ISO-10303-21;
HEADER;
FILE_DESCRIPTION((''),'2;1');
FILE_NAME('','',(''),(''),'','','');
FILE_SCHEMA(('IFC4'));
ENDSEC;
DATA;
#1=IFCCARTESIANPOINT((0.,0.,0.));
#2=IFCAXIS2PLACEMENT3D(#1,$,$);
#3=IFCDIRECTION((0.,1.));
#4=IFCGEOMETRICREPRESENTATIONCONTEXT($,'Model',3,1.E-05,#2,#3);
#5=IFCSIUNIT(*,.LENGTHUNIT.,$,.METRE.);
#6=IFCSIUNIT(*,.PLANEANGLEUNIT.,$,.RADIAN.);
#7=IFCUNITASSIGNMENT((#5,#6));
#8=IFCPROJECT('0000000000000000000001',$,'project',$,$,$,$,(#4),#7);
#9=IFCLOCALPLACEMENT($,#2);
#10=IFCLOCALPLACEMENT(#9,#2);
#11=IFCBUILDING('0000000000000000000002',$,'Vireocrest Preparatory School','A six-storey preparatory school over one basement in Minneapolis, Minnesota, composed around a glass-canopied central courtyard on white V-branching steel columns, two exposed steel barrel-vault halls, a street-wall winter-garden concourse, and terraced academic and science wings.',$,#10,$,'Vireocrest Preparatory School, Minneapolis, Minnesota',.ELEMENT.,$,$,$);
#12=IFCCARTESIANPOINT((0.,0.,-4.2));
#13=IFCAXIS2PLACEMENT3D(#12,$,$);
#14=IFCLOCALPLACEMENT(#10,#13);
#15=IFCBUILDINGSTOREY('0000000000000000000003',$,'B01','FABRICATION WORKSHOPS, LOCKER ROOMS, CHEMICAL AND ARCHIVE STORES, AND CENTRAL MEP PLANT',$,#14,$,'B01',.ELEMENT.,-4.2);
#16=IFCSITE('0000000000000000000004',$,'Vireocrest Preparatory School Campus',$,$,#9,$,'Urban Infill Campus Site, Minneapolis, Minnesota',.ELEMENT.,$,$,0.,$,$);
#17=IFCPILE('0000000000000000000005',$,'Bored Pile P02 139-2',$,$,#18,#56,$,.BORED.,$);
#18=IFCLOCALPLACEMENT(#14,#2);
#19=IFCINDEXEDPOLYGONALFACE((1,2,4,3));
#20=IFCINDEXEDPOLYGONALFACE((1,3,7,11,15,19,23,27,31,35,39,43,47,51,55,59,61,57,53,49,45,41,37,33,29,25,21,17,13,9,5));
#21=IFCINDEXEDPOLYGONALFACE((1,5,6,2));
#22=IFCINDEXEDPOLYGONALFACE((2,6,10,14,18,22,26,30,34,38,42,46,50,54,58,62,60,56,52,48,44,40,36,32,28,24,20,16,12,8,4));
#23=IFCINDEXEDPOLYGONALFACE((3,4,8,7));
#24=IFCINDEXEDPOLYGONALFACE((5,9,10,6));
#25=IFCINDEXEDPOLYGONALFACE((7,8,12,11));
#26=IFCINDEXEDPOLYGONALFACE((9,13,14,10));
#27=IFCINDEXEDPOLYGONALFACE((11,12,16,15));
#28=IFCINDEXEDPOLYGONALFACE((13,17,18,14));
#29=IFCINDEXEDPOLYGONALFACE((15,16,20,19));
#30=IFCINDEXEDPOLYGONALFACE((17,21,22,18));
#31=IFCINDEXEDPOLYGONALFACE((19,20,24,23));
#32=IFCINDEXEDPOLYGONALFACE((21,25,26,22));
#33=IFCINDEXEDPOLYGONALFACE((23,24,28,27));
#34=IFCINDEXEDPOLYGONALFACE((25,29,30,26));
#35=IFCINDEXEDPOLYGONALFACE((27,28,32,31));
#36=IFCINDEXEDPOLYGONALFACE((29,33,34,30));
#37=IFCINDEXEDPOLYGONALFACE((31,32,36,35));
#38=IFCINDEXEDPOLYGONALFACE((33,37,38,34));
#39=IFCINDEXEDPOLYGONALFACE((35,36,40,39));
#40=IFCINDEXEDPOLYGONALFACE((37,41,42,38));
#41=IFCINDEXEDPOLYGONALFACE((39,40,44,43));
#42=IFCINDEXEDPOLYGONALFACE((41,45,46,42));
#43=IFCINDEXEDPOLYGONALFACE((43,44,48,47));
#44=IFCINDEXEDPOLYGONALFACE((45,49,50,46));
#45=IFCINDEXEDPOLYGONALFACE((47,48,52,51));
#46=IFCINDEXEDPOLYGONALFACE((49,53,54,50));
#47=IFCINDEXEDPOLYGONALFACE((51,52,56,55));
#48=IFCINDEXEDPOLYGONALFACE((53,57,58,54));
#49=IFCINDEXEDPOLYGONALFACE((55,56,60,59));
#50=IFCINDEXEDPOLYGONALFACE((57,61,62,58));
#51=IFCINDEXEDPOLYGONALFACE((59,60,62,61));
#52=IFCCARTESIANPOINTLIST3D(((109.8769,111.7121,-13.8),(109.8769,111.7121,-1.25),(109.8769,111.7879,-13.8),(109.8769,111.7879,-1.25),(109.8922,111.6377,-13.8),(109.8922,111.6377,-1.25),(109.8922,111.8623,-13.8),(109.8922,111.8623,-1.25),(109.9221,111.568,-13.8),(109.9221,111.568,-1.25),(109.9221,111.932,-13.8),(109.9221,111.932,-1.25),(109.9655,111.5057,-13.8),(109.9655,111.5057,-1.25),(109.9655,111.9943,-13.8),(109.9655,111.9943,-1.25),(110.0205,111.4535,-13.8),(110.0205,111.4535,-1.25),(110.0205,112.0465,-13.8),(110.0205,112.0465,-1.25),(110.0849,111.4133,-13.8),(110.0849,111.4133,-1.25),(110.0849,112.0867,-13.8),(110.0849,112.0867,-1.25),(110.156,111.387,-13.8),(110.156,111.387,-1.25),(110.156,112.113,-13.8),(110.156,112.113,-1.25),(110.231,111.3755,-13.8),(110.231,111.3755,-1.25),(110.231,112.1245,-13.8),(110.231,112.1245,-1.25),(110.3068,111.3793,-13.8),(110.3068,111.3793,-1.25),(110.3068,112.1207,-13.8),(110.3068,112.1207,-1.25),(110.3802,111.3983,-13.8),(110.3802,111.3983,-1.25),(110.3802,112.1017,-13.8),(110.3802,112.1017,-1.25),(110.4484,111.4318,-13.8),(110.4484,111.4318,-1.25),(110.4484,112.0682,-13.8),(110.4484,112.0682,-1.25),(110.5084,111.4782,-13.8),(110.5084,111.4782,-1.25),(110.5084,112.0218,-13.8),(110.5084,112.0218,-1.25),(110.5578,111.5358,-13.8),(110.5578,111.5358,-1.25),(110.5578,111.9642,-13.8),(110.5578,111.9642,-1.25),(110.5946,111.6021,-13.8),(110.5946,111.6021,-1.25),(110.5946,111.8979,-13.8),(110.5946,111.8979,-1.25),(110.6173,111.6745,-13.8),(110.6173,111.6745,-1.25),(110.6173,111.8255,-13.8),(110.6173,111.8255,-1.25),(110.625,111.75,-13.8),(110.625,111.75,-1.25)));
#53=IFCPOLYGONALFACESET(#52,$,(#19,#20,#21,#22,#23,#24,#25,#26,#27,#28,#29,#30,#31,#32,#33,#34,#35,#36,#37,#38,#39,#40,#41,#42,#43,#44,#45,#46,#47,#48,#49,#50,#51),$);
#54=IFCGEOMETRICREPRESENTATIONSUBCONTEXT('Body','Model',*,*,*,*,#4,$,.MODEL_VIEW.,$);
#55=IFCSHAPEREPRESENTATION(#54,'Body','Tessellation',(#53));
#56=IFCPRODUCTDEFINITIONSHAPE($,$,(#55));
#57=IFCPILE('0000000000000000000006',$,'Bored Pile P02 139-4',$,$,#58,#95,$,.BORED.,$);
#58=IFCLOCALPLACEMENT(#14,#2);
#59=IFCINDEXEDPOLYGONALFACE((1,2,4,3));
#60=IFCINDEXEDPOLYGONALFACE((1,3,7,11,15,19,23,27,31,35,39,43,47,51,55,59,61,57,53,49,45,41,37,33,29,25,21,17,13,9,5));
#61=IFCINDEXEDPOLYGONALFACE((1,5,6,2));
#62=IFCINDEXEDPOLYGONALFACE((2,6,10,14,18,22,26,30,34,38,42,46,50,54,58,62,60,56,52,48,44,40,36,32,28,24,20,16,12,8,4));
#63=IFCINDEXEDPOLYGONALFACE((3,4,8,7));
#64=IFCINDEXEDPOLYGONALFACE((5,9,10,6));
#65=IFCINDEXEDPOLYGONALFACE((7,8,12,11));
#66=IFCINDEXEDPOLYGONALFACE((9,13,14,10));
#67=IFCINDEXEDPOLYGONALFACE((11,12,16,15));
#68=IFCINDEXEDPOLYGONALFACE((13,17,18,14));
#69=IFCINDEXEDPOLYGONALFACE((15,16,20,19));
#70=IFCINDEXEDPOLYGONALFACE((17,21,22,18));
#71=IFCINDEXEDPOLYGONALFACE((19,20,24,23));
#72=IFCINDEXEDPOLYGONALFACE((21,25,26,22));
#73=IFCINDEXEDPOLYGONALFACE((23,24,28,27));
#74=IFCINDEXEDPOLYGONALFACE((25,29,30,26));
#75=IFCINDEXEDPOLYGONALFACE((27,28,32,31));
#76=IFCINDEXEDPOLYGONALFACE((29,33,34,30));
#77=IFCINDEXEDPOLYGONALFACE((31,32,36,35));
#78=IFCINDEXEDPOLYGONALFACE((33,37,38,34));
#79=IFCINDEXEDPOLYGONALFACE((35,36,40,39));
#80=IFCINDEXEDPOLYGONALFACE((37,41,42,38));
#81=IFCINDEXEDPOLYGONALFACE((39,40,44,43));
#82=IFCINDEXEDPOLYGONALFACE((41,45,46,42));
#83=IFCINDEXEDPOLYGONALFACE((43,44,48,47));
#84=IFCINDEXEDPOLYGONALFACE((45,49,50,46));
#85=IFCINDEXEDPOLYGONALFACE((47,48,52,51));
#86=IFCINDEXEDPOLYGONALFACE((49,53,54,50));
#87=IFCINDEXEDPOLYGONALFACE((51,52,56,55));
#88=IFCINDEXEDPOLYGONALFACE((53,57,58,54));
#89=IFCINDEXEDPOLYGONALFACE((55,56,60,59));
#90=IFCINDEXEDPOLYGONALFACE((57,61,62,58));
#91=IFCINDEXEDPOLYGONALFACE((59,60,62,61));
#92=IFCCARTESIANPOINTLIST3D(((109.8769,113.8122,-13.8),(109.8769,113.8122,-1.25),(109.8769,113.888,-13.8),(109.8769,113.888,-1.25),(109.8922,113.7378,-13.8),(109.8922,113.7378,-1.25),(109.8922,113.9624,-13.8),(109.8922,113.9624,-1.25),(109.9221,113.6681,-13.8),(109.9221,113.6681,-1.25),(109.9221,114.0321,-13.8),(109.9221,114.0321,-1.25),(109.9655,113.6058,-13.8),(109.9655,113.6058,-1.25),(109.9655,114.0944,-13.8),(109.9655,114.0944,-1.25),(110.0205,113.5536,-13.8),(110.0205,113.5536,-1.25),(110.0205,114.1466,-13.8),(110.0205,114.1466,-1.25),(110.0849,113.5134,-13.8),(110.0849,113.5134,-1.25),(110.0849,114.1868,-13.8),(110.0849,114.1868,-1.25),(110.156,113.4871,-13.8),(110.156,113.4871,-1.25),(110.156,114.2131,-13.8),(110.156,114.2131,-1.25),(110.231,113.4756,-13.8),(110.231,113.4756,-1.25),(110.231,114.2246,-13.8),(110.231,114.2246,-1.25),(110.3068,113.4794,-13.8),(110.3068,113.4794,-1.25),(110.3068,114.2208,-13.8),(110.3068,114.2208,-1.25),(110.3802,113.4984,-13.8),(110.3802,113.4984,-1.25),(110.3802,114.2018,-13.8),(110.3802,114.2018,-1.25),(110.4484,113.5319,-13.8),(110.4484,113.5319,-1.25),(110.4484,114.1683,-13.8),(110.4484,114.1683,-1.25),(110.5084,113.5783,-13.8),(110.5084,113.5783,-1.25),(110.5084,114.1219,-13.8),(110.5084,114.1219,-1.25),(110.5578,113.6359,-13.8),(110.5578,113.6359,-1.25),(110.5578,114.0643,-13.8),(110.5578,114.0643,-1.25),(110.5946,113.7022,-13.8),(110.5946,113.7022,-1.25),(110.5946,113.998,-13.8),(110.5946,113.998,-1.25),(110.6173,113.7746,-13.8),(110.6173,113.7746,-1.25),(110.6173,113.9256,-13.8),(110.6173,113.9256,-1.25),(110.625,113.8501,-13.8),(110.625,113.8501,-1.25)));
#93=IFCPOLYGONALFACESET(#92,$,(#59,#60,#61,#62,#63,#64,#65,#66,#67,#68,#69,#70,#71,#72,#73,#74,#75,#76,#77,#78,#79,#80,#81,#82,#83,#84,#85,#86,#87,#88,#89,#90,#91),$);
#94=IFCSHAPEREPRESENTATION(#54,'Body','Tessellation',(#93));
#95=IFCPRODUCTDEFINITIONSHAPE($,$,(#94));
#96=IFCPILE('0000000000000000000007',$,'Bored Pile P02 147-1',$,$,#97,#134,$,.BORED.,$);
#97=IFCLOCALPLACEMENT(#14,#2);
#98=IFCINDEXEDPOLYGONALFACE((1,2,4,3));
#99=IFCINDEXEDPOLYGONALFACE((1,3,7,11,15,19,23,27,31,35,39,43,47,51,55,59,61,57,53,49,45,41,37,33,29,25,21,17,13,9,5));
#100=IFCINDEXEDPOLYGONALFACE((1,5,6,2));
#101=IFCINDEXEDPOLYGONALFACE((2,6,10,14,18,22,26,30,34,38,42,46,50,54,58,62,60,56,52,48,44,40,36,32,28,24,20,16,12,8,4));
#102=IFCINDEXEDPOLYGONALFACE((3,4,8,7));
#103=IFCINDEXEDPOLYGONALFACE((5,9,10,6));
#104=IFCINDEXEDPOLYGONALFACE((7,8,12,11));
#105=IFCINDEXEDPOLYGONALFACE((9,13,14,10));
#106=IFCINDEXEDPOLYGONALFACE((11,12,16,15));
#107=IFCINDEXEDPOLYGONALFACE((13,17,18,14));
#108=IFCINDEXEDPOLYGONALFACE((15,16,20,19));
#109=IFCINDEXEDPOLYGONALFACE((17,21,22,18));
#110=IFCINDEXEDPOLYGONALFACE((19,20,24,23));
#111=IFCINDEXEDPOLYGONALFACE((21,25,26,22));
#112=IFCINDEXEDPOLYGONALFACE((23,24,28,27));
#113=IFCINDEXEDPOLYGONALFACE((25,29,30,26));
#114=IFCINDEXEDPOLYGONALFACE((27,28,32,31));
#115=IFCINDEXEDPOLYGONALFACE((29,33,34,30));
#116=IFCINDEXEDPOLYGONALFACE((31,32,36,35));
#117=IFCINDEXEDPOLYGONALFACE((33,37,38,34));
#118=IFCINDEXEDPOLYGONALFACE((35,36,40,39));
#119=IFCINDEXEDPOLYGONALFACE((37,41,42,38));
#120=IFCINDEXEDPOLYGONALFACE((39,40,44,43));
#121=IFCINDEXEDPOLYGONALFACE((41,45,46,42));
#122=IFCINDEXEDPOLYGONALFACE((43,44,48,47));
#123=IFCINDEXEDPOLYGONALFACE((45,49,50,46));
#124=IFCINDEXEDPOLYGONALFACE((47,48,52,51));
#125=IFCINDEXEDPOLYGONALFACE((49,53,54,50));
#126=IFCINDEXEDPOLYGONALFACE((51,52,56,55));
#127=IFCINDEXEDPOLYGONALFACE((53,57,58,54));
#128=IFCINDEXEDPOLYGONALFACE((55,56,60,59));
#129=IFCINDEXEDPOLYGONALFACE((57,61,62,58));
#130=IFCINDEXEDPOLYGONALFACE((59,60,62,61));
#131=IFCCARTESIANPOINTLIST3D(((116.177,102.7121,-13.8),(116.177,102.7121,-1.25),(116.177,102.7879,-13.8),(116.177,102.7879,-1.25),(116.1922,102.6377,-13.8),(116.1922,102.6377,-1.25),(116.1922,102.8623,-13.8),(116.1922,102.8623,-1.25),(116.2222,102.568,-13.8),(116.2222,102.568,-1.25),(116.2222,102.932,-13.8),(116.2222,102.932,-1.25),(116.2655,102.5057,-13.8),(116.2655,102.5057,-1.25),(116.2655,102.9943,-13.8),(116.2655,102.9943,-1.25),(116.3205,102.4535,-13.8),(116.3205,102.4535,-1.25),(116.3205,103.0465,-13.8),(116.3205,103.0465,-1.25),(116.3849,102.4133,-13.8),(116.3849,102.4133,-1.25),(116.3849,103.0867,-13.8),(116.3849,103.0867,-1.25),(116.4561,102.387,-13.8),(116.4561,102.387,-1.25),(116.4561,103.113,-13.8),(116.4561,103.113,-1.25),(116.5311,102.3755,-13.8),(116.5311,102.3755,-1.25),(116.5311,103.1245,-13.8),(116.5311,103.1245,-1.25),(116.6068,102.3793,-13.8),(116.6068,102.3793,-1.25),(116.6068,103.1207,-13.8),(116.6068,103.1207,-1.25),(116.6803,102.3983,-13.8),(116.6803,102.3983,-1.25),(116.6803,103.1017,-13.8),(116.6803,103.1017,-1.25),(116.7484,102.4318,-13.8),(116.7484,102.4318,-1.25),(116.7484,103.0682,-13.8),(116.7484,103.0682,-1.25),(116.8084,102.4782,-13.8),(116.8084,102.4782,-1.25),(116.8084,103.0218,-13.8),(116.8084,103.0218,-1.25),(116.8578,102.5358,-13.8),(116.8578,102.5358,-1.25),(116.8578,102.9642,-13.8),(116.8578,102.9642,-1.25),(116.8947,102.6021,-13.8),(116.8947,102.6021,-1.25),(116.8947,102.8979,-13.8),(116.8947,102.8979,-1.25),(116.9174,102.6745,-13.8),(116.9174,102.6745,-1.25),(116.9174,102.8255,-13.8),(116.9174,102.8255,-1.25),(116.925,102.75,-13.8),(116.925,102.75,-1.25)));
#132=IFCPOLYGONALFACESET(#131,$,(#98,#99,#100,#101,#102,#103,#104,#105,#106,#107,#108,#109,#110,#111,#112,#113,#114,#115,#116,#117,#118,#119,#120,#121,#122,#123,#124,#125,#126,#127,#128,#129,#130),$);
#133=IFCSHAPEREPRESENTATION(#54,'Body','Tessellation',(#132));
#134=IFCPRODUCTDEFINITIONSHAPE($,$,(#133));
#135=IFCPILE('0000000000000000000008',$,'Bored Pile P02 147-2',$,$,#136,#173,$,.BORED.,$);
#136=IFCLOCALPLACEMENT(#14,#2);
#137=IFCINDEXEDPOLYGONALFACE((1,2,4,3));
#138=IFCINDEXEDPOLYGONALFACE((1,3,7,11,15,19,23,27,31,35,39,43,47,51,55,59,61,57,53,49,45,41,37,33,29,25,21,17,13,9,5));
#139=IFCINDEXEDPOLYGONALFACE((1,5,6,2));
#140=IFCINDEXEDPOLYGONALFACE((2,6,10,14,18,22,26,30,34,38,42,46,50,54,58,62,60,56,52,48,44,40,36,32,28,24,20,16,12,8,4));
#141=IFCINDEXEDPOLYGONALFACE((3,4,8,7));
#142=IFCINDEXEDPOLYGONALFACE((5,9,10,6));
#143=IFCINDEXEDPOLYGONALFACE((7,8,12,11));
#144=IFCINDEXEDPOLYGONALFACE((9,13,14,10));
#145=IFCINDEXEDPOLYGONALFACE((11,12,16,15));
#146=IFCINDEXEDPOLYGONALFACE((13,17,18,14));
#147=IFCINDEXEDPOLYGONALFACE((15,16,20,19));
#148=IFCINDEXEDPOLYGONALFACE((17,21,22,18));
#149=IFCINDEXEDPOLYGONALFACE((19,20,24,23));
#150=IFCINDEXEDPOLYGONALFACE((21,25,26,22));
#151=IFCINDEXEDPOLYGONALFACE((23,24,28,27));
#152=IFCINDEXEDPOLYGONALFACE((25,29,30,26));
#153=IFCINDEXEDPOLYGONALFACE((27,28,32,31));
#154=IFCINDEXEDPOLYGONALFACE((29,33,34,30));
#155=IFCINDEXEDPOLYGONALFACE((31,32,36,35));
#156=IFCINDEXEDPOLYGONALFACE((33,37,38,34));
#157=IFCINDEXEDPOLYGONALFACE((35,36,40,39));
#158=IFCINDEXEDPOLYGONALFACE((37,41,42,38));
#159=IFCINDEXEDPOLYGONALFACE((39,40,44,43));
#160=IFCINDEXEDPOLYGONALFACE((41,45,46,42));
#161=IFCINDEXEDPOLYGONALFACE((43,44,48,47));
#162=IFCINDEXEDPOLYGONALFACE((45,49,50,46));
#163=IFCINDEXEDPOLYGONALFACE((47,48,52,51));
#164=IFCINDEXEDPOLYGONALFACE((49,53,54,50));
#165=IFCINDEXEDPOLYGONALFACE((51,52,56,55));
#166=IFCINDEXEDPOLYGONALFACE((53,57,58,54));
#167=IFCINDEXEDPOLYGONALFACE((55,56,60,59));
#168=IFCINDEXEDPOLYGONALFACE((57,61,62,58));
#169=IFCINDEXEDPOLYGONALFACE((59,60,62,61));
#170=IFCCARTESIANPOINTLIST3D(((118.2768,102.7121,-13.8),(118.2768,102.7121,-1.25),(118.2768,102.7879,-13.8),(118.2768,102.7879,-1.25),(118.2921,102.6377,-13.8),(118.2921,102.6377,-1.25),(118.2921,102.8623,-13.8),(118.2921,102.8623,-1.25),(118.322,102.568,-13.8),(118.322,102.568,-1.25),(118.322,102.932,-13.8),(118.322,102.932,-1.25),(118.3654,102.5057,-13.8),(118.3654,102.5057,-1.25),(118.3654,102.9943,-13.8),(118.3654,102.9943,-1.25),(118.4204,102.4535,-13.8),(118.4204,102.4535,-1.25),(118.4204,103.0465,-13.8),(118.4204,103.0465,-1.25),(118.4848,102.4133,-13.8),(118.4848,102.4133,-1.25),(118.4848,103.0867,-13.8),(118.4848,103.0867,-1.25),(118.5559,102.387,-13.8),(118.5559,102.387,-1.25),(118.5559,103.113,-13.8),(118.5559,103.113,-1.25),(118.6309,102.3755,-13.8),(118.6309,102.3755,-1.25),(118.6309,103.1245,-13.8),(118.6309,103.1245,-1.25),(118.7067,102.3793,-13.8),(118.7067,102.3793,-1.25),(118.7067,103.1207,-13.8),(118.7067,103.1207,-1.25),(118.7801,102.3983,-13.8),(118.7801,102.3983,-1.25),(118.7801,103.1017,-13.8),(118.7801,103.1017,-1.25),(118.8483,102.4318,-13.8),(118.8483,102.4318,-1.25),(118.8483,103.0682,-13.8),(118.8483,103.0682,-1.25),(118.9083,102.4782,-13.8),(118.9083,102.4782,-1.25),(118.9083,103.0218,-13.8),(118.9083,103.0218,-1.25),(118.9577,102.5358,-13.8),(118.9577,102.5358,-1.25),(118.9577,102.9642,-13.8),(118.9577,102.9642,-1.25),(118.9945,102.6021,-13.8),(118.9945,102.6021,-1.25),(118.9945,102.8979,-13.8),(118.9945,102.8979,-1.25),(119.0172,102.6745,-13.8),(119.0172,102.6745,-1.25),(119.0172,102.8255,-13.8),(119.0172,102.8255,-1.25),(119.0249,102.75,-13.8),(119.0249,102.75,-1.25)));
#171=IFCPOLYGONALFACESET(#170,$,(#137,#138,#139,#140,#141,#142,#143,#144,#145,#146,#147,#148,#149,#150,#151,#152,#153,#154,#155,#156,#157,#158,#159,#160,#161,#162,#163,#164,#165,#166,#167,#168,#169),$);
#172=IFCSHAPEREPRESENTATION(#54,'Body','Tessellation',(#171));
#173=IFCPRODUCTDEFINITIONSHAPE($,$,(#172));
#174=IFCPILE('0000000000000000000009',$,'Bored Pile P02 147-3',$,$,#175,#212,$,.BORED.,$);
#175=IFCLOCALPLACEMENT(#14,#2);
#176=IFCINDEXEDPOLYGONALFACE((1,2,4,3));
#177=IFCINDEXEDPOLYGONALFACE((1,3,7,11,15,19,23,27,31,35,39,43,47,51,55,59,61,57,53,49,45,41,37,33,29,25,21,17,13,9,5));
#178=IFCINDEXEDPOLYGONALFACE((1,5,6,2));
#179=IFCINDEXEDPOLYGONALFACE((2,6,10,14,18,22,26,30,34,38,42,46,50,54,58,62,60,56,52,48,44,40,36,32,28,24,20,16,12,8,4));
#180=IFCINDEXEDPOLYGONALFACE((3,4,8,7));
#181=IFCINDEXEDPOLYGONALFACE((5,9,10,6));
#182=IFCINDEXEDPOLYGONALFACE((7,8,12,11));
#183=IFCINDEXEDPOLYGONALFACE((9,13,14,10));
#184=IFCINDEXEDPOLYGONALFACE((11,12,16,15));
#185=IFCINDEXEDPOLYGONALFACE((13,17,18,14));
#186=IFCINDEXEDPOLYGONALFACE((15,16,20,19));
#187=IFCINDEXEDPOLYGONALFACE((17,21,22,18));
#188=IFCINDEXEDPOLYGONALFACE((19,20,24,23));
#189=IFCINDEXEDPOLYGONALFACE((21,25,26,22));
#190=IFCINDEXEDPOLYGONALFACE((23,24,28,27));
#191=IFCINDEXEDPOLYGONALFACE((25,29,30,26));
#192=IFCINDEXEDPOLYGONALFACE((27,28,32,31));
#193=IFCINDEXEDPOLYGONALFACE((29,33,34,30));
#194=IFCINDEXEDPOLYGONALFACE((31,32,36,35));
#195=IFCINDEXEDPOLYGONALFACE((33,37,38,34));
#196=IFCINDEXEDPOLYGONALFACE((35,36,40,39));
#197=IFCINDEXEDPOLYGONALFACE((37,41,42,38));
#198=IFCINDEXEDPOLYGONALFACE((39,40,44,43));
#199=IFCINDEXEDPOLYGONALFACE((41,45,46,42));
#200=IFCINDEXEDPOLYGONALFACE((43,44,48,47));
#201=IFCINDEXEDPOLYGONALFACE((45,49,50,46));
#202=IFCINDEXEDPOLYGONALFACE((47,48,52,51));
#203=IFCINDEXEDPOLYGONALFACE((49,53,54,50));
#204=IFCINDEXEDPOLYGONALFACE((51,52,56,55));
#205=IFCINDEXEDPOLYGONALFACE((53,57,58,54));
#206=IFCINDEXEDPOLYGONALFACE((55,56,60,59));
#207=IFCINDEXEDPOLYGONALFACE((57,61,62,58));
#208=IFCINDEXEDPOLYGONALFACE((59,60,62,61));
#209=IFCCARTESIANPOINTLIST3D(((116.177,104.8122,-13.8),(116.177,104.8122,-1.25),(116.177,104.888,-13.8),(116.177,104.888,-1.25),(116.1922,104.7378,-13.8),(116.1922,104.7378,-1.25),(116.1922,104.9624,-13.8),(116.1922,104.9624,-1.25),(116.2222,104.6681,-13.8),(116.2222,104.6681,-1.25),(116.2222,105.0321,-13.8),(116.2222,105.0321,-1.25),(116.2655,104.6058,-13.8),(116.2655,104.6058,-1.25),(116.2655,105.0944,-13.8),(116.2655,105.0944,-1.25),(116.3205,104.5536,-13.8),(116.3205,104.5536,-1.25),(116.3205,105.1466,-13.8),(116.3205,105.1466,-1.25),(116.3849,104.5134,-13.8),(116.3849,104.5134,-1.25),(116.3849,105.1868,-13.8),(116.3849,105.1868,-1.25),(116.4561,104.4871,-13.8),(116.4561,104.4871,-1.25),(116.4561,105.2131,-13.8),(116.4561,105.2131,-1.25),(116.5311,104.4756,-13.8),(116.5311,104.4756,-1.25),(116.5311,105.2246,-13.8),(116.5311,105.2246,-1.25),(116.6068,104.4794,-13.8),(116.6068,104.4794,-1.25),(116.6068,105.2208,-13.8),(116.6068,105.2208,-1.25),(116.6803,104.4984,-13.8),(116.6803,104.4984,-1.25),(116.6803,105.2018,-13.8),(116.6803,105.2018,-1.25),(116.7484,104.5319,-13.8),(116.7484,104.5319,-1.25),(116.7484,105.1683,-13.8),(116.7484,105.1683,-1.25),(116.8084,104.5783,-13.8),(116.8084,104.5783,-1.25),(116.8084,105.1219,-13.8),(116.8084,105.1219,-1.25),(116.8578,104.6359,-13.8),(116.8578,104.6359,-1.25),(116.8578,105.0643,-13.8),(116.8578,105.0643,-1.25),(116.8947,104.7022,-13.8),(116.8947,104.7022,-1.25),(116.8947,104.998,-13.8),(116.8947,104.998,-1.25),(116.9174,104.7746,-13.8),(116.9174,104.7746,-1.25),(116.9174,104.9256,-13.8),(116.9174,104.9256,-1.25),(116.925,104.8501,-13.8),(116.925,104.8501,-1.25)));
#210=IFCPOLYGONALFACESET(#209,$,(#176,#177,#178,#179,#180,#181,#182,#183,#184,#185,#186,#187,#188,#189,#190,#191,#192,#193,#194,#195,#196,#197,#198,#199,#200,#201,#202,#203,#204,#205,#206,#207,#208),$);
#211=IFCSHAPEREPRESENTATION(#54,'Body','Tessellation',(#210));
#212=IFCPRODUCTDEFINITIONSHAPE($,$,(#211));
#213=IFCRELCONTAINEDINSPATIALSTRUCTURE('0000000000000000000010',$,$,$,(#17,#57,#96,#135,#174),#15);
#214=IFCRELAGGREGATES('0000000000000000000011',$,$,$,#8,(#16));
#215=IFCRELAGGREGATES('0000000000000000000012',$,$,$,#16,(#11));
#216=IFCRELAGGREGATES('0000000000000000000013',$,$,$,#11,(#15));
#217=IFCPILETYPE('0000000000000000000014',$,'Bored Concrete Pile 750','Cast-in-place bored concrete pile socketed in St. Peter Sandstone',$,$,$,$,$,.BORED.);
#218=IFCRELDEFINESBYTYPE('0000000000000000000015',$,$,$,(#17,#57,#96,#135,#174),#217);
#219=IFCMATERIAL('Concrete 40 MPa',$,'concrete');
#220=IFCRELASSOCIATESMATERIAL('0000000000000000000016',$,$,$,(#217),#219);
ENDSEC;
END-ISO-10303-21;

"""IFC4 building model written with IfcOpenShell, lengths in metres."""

from ifc_helpers import new_model, si_unit, direction, frame, origin, origin_2d, place, context, subcontext, project, spatial, circle, extrude, material, material_profile, profile_set, type_object, element, save


model = new_model("IFC4")

# Units and contexts
model_context = context("Model", 3, precision=1e-05, world=origin(), true_north=direction((0.0, 1.0)))
body_context = subcontext(model_context, "Body", "Model", "MODEL_VIEW")
ifc_project = project(units=[si_unit("LENGTHUNIT", "METRE"), si_unit("PLANEANGLEUNIT", "RADIAN")], contexts=[model_context])

# Site, building, storey
site_placement = place(None, origin())
site = spatial("IfcSite", under=ifc_project, at=site_placement, Name="Vireocrest Preparatory School Campus", LongName="Urban Infill Campus Site, Minneapolis, Minnesota", CompositionType="ELEMENT", RefElevation=0.0)
building_placement = place(site_placement, origin())
building = spatial("IfcBuilding", under=site, at=building_placement, Name="Vireocrest Preparatory School", Description="A six-storey preparatory school over one basement in Minneapolis, Minnesota, composed around a glass-canopied central courtyard on white V-branching steel columns, two exposed steel barrel-vault halls, a street-wall winter-garden concourse, and terraced academic and science wings.", LongName="Vireocrest Preparatory School, Minneapolis, Minnesota", CompositionType="ELEMENT")
storey_placement = place(building_placement, frame((0.0, 0.0, -4.2)))
storey = spatial("IfcBuildingStorey", under=building, at=storey_placement, Name="B01", Description="FABRICATION WORKSHOPS, LOCKER ROOMS, CHEMICAL AND ARCHIVE STORES, AND CENTRAL MEP PLANT", LongName="B01", CompositionType="ELEMENT", Elevation=-4.2)

# Piles
ifc_material_1 = material(Name="Concrete 40 MPa", Category="concrete")
ifc_material_profile_1 = material_profile(ifc_material_1, circle(Radius=0.375, at=origin_2d()), Name="BORED PILE 750")
ifc_profile_set_1 = profile_set([ifc_material_profile_1], Name="Concrete 40 MPa")
pile_type_1 = type_object("IfcPileType", Name="Bored Concrete Pile 750", Description="Cast-in-place bored concrete pile socketed in St. Peter Sandstone", PredefinedType="BORED", material=ifc_profile_set_1)
for number, where, z_axis, x_axis, name in (
    (1, (110.25, 111.75, -1.25), (0.0, 0.0, -1.0), (1.0, 0.0, 0.0), "Bored Pile P02 139-2"),
    (2, (110.25, 113.8501, -1.25), (0.0, 0.0, -1.0), (1.0, 0.0, 0.0), "Bored Pile P02 139-4"),
    (3, (116.55, 102.75, -1.25), (0.0, 0.0, -1.0), (1.0, 0.0, 0.0), "Bored Pile P02 147-1"),
    (4, (118.6499, 102.75, -1.25), (0.0, 0.0, -1.0), (1.0, 0.0, 0.0), "Bored Pile P02 147-2"),
    (5, (116.55, 104.8501, -1.25), (0.0, 0.0, -1.0), (1.0, 0.0, 0.0), "Bored Pile P02 147-3"),
):
    element("IfcPile", number, at=place(storey_placement, frame(where, z_axis=z_axis, x_axis=x_axis)), inside=storey, type_object=pile_type_1, Name=name, PredefinedType="BORED", context=body_context, shape_type="SweptSolid", body=[
        extrude(circle(Radius=0.375, at=origin_2d()), origin(), (0.0, 0.0, 1.0), 12.55),
    ])

save(model, "model.ifc")
